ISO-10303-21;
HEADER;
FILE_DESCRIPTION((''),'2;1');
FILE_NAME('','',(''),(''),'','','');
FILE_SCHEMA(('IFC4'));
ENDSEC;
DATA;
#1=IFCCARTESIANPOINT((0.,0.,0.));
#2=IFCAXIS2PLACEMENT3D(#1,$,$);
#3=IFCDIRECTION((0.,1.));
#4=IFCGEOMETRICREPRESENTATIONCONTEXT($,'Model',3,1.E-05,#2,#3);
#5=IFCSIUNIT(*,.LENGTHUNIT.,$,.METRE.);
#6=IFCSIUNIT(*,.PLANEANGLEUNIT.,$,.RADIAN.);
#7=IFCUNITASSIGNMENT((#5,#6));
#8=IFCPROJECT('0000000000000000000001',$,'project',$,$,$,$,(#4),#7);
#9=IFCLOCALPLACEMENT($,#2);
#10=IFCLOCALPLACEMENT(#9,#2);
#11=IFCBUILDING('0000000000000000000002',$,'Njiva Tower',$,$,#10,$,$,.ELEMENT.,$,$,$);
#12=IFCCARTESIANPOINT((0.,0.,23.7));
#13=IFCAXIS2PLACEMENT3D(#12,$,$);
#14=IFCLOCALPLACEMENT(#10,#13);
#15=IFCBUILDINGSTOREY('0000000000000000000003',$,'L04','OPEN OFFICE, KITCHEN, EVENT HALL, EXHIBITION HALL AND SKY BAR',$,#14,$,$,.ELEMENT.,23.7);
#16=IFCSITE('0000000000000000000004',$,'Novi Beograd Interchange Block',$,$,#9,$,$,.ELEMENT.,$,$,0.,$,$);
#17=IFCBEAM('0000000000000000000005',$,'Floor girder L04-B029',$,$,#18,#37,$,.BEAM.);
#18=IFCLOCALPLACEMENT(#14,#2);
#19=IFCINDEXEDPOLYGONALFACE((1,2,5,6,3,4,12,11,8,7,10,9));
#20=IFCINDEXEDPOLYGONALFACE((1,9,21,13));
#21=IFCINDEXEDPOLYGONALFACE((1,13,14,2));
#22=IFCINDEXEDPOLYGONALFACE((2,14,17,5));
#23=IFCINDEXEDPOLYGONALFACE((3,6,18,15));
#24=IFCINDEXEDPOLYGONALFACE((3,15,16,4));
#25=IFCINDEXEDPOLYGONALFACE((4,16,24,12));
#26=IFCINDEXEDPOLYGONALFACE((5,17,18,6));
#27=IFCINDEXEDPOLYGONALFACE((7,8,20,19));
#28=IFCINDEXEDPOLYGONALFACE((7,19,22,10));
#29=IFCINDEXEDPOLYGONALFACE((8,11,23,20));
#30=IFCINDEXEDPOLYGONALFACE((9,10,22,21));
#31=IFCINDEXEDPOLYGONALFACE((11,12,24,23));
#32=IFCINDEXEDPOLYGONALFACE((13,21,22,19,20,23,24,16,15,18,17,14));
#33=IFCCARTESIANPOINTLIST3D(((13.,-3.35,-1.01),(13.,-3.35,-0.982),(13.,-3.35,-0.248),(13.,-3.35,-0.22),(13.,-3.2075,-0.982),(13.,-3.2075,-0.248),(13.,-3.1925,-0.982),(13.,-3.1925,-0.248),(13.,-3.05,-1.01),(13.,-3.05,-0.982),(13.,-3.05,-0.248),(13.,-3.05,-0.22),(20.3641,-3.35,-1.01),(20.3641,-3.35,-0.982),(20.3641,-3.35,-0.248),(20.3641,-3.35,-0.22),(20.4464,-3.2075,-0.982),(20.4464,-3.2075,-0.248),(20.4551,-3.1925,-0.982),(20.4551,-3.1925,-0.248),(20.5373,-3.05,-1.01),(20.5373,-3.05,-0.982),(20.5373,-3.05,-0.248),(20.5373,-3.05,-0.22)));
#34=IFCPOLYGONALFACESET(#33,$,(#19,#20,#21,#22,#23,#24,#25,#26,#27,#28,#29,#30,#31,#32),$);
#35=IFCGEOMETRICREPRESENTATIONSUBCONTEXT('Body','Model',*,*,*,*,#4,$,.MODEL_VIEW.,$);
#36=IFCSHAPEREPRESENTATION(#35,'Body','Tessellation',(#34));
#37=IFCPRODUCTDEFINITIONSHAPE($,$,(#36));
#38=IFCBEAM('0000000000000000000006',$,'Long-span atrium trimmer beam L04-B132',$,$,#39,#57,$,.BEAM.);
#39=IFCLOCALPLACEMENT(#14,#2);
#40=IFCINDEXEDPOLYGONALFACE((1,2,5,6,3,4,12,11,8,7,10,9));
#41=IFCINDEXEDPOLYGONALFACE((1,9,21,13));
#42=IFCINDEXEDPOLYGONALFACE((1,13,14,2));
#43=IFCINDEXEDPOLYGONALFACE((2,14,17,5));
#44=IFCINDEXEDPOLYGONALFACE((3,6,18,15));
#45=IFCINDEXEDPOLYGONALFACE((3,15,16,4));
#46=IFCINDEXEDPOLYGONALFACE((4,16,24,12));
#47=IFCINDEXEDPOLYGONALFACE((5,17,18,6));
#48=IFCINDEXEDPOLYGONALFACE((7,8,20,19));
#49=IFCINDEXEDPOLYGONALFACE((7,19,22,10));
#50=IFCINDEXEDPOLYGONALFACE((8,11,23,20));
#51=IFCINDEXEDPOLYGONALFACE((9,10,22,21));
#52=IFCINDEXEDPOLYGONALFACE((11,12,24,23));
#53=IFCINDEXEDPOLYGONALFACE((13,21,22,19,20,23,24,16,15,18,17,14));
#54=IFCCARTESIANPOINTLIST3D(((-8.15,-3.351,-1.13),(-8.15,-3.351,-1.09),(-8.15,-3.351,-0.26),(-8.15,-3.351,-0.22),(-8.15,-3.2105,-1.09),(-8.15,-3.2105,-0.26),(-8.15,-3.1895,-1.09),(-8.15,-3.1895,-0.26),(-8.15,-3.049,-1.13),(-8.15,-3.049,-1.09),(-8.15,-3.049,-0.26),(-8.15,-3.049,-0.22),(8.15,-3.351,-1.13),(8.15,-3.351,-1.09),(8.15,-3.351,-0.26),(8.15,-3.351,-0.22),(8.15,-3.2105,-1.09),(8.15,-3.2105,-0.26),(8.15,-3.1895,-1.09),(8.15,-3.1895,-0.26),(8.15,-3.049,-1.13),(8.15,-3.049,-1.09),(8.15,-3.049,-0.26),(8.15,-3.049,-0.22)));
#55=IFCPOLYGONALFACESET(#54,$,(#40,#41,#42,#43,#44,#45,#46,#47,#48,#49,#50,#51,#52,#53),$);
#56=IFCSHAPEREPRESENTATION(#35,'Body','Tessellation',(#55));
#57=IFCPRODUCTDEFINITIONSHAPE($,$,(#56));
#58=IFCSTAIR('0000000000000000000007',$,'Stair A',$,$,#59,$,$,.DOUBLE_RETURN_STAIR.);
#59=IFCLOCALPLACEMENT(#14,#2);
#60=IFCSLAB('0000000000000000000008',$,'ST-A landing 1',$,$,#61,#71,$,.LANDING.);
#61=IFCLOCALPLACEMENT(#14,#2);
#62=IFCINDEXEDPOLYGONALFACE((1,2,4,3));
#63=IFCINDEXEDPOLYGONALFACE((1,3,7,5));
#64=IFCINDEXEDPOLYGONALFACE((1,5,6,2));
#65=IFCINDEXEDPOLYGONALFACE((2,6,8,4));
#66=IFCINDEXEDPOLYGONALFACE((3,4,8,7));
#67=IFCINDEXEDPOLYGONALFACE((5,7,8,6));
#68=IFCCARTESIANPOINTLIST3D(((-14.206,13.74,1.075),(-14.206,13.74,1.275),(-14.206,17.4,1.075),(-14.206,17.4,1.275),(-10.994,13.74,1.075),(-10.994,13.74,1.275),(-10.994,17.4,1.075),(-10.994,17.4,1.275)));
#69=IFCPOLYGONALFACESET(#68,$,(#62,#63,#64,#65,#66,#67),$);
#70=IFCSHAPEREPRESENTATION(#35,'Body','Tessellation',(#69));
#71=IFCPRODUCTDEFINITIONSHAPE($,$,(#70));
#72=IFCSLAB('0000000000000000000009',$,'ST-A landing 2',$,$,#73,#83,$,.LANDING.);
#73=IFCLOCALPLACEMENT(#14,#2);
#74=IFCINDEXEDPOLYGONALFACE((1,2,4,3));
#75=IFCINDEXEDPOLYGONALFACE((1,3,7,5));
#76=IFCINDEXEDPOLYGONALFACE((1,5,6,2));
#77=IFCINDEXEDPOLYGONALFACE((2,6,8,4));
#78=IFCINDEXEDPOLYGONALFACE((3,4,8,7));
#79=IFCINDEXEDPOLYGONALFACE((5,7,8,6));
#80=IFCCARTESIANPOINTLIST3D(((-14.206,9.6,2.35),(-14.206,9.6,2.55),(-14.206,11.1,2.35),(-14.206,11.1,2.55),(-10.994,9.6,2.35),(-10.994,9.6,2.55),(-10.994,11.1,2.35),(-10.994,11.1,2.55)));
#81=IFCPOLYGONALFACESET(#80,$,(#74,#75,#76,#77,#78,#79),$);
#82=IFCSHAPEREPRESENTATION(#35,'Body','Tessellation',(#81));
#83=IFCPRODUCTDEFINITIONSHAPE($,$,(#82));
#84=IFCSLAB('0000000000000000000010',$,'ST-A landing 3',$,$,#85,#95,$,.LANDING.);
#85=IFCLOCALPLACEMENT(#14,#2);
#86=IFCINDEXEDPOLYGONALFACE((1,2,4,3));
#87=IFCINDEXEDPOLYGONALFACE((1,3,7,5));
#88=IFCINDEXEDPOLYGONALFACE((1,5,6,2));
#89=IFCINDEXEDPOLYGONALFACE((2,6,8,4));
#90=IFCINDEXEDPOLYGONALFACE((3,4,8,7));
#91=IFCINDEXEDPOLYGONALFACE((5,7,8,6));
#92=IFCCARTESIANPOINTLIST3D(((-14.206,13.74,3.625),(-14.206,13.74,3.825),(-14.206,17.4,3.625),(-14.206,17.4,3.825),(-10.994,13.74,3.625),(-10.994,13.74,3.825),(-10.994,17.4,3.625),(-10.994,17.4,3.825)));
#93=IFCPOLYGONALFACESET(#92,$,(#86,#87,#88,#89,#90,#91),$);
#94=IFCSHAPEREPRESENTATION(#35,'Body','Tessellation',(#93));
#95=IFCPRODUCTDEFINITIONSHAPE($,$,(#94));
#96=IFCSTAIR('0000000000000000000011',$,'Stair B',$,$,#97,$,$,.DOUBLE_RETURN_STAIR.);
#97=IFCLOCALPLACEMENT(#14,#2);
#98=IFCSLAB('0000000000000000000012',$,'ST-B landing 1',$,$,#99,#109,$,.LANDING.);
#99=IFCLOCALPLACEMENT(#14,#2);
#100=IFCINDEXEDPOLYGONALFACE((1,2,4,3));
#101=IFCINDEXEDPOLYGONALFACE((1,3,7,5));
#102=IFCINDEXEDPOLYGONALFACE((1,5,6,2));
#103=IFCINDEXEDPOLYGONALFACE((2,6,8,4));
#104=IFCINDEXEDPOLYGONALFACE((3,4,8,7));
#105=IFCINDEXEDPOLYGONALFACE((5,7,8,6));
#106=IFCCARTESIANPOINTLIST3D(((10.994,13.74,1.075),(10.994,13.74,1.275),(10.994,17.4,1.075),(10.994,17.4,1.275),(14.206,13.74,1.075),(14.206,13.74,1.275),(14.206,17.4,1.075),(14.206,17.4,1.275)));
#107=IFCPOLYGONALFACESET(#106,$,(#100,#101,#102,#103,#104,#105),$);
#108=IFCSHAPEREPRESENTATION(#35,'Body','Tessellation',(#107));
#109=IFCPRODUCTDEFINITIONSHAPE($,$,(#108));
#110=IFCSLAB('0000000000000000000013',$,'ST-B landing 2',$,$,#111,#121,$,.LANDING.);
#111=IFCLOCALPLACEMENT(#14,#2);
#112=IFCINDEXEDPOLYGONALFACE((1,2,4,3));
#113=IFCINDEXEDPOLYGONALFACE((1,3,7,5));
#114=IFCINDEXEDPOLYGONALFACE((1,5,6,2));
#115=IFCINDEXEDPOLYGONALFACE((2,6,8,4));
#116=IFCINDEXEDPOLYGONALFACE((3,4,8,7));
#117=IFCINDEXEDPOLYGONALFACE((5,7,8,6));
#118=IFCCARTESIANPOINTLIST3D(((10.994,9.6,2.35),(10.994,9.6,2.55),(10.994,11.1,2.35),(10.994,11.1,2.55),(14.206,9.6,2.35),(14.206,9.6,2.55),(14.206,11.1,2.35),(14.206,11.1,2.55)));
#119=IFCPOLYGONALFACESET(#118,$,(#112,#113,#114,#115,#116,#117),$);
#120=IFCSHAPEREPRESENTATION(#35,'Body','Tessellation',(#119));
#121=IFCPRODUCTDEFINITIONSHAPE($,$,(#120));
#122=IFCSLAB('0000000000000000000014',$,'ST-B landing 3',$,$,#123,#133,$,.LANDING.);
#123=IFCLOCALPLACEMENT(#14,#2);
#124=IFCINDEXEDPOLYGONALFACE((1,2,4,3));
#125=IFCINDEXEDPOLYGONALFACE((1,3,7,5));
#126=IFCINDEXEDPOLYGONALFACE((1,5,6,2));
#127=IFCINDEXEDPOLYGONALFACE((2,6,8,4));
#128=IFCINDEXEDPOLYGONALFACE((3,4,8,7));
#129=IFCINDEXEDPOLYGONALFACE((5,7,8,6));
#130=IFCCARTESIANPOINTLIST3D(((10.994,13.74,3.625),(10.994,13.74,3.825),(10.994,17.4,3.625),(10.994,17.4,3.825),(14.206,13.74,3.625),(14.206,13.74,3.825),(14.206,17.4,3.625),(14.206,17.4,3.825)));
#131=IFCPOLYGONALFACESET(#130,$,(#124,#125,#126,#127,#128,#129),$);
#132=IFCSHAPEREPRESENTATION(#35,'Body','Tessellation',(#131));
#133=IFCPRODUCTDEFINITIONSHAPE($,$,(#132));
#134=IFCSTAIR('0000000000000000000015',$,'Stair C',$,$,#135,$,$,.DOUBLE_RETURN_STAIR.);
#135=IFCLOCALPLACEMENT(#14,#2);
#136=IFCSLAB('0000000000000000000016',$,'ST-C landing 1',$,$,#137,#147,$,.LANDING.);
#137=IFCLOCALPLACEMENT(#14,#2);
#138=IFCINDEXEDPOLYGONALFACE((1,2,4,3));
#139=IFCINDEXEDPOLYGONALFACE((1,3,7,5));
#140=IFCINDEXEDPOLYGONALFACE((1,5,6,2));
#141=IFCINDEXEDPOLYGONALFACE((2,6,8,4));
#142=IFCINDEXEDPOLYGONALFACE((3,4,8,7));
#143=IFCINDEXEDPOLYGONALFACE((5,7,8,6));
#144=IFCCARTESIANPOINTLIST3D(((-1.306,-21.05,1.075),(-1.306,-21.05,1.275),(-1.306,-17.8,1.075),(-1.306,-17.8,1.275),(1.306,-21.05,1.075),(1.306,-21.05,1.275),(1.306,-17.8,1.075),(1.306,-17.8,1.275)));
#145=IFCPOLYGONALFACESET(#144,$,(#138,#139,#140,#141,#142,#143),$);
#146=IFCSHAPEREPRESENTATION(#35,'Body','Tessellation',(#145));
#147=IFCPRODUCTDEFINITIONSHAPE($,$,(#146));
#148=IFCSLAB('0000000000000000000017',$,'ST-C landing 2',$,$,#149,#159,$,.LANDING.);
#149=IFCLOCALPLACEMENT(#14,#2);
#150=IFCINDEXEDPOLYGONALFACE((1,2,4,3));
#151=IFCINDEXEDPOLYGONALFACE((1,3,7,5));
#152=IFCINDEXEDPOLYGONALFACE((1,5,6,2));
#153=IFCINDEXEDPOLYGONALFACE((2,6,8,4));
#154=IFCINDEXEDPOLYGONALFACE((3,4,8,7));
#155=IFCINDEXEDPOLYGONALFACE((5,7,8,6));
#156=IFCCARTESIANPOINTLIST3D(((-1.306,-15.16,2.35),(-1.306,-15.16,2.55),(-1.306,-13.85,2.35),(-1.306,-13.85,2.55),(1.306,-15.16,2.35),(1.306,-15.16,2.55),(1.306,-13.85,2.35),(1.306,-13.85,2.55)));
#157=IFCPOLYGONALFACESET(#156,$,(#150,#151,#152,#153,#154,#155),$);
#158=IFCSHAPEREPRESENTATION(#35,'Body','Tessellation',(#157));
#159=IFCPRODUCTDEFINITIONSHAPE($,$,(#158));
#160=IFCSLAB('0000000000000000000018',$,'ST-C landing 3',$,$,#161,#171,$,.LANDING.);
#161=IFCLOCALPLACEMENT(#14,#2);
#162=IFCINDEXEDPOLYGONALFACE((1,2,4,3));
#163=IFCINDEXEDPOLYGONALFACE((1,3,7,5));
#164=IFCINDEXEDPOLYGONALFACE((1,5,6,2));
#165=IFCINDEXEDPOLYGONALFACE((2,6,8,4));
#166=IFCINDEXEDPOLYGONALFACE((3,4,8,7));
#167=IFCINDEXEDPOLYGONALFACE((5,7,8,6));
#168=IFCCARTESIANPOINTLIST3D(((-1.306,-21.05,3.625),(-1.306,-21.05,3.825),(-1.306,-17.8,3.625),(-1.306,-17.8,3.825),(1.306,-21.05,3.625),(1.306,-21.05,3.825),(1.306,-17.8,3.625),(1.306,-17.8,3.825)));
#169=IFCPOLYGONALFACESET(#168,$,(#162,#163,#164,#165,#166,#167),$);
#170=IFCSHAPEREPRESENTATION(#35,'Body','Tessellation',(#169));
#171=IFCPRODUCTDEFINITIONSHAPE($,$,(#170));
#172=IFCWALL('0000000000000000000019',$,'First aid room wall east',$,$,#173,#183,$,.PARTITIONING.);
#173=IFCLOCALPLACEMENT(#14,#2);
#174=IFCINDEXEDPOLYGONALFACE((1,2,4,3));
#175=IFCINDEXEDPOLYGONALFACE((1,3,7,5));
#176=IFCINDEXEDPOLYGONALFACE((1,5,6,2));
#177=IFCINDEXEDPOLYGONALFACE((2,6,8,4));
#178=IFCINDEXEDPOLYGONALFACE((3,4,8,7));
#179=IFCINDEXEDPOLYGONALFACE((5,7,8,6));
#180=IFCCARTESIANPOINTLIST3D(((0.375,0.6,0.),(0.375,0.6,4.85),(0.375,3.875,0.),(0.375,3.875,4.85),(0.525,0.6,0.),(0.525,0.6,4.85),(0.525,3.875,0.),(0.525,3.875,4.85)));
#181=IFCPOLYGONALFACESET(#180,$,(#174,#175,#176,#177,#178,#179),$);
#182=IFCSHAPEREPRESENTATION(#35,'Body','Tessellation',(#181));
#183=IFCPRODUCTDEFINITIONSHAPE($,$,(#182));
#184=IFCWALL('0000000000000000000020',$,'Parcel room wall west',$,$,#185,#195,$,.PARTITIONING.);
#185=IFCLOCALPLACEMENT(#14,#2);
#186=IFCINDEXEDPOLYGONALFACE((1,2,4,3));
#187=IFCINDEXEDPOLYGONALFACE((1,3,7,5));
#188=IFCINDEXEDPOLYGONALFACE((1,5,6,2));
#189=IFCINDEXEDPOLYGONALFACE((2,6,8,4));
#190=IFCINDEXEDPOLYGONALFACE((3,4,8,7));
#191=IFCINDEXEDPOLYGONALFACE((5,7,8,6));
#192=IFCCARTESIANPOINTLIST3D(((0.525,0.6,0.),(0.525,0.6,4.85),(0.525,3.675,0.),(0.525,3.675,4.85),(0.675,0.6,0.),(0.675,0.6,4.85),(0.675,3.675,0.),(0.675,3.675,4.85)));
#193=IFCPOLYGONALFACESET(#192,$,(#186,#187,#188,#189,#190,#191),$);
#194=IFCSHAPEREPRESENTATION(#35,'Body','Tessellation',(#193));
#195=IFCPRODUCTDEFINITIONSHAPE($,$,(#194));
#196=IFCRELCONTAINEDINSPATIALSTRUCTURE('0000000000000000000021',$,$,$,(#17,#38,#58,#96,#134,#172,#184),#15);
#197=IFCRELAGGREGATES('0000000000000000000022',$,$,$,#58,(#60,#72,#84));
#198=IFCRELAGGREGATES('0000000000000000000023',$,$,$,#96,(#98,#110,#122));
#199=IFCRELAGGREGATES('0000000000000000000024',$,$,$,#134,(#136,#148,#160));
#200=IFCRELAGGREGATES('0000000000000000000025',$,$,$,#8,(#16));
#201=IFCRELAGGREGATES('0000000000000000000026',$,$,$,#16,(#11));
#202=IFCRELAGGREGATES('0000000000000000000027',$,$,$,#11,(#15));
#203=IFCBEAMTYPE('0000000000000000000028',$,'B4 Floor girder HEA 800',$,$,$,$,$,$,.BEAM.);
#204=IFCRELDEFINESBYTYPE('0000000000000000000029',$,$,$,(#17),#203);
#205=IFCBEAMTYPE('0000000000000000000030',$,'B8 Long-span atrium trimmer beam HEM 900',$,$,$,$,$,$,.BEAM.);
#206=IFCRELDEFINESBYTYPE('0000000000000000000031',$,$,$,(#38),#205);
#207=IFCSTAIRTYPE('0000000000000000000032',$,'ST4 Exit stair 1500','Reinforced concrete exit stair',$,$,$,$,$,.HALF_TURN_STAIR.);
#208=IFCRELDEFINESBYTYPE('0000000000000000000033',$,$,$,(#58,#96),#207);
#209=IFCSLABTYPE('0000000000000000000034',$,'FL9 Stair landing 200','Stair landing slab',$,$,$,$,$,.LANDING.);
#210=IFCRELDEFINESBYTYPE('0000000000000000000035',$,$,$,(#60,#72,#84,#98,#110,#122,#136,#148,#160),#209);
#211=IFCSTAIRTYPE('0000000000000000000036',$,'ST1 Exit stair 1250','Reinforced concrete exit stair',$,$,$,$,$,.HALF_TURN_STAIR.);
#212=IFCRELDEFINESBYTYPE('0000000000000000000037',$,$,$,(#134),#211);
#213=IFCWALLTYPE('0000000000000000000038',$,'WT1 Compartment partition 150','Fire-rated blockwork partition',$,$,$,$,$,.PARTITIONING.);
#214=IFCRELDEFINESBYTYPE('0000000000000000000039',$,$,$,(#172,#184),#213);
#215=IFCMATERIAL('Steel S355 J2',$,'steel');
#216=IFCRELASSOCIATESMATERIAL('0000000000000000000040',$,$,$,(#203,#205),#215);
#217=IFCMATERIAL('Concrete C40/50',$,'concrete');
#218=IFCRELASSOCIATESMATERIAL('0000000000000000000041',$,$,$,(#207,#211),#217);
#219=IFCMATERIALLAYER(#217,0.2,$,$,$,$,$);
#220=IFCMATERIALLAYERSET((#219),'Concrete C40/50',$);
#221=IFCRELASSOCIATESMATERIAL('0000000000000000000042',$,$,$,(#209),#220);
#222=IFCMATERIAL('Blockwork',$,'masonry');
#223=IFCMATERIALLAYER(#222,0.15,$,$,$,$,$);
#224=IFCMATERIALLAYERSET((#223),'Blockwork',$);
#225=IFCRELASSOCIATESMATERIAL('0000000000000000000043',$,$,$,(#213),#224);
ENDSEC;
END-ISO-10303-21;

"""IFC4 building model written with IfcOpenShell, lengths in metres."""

from ifc_helpers import new_model, si_unit, direction, frame, frame_2d, origin, origin_2d, place, context, subcontext, project, spatial, polyline, rectangle, i_section, outline, extrude, clip, halfspace, material, layer, layer_set, material_profile, profile_set, type_object, element, aggregate, save


model = new_model("IFC4")

# Units and contexts
model_context = context("Model", 3, precision=1e-05, world=origin(), true_north=direction((0.0, 1.0)))
body_context = subcontext(model_context, "Body", "Model", "MODEL_VIEW")
ifc_project = project(units=[si_unit("LENGTHUNIT", "METRE"), si_unit("PLANEANGLEUNIT", "RADIAN")], contexts=[model_context])

# Site, building, storey
site_placement = place(None, origin())
site = spatial("IfcSite", under=ifc_project, at=site_placement, Name="Novi Beograd Interchange Block", CompositionType="ELEMENT", RefElevation=0.0)
building_placement = place(site_placement, origin())
building = spatial("IfcBuilding", under=site, at=building_placement, Name="Njiva Tower", CompositionType="ELEMENT")
storey_placement = place(building_placement, frame((0.0, 0.0, 23.7)))
storey = spatial("IfcBuildingStorey", under=building, at=storey_placement, Name="L04", Description="OPEN OFFICE, KITCHEN, EVENT HALL, EXHIBITION HALL AND SKY BAR", CompositionType="ELEMENT", Elevation=23.7)

# Shared definitions
ifc_material_1 = material(Name="Steel S355 J2", Category="steel")

# Beams
ifc_material_profile_1 = material_profile(ifc_material_1, i_section(OverallWidth=0.3, OverallDepth=0.79, WebThickness=0.015, FlangeThickness=0.028, at=origin_2d()), Name="HEA 800")
ifc_profile_set_1 = profile_set([ifc_material_profile_1], Name="Steel S355 J2")
beam_type_1 = type_object("IfcBeamType", Name="B4 Floor girder HEA 800", PredefinedType="BEAM", material=ifc_profile_set_1)
beam_1_placement = place(storey_placement, frame((13.0, -3.2, -0.615), z_axis=(1.0, 0.0, 0.0), x_axis=(0.0, 1.0, 0.0)))
element("IfcBeam", 1, at=beam_1_placement, inside=storey, type_object=beam_type_1, Name="Floor girder L04-B029", PredefinedType="BEAM", context=body_context, shape_type="Clipping", body=[
    clip(extrude(i_section(OverallWidth=0.3, OverallDepth=0.79, WebThickness=0.015, FlangeThickness=0.028, at=origin_2d()), origin(), (0.0, 0.0, 1.0), 7.558), halfspace(frame((-0.025, 0.0, 7.4363), z_axis=(-0.499998, 0.0, 0.866027), x_axis=(0.0, 1.0, 0.0)), False)),
])
ifc_material_profile_2 = material_profile(ifc_material_1, i_section(OverallWidth=0.302, OverallDepth=0.91, WebThickness=0.021, FlangeThickness=0.04, at=origin_2d()), Name="HEM 900")
ifc_profile_set_2 = profile_set([ifc_material_profile_2], Name="Steel S355 J2")
beam_type_2 = type_object("IfcBeamType", Name="B8 Long-span atrium trimmer beam HEM 900", PredefinedType="BEAM", material=ifc_profile_set_2)
beam_2_placement = place(storey_placement, frame((8.15, -3.2, -0.675), z_axis=(-1.0, 0.0, 0.0), x_axis=(0.0, -1.0, 0.0)))
element("IfcBeam", 2, at=beam_2_placement, inside=storey, type_object=beam_type_2, Name="Long-span atrium trimmer beam L04-B132", PredefinedType="BEAM", context=body_context, shape_type="SweptSolid", body=[
    extrude(i_section(OverallWidth=0.302, OverallDepth=0.91, WebThickness=0.021, FlangeThickness=0.04, at=origin_2d()), origin(), (0.0, 0.0, 1.0), 16.3),
])

# Stairs, slabs
ifc_material_2 = material(Name="Concrete C40/50", Category="concrete")
stair_type_1 = type_object("IfcStairType", Name="ST4 Exit stair 1500", Description="Reinforced concrete exit stair", PredefinedType="HALF_TURN_STAIR", material=ifc_material_2)
stair_1_placement = place(storey_placement, origin())
stair_1 = element("IfcStair", 3, at=stair_1_placement, inside=storey, type_object=stair_type_1, Name="Stair A", PredefinedType="DOUBLE_RETURN_STAIR")
ifc_layer_1 = layer(ifc_material_2, 0.2)
ifc_layer_set_1 = layer_set([ifc_layer_1], Name="Concrete C40/50")
slab_type = type_object("IfcSlabType", Name="FL9 Stair landing 200", Description="Stair landing slab", PredefinedType="LANDING", material=ifc_layer_set_1)
slab_1_placement = place(storey_placement, frame((0.0, 0.0, 1.075)))
slab_1 = element("IfcSlab", 4, at=slab_1_placement, type_object=slab_type, Name="ST-A landing 1", PredefinedType="LANDING", context=body_context, shape_type="SweptSolid", body=[
    extrude(outline(polyline([(-14.206, 13.74), (-10.994, 13.74), (-10.994, 17.4), (-14.206, 17.4), (-14.206, 13.74)])), origin(), (0.0, 0.0, 1.0), 0.2),
])
slab_2_placement = place(storey_placement, frame((0.0, 0.0, 2.35)))
slab_2 = element("IfcSlab", 5, at=slab_2_placement, type_object=slab_type, Name="ST-A landing 2", PredefinedType="LANDING", context=body_context, shape_type="SweptSolid", body=[
    extrude(outline(polyline([(-14.206, 9.6), (-10.994, 9.6), (-10.994, 11.1), (-14.206, 11.1), (-14.206, 9.6)])), origin(), (0.0, 0.0, 1.0), 0.2),
])
slab_3_placement = place(storey_placement, frame((0.0, 0.0, 3.625)))
slab_3 = element("IfcSlab", 6, at=slab_3_placement, type_object=slab_type, Name="ST-A landing 3", PredefinedType="LANDING", context=body_context, shape_type="SweptSolid", body=[
    extrude(outline(polyline([(-14.206, 13.74), (-10.994, 13.74), (-10.994, 17.4), (-14.206, 17.4), (-14.206, 13.74)])), origin(), (0.0, 0.0, 1.0), 0.2),
])
aggregate(stair_1, [slab_1, slab_2, slab_3])
stair_2_placement = place(storey_placement, origin())
stair_2 = element("IfcStair", 7, at=stair_2_placement, inside=storey, type_object=stair_type_1, Name="Stair B", PredefinedType="DOUBLE_RETURN_STAIR")
slab_4_placement = place(storey_placement, frame((0.0, 0.0, 1.075)))
slab_4 = element("IfcSlab", 8, at=slab_4_placement, type_object=slab_type, Name="ST-B landing 1", PredefinedType="LANDING", context=body_context, shape_type="SweptSolid", body=[
    extrude(outline(polyline([(10.994, 13.74), (14.206, 13.74), (14.206, 17.4), (10.994, 17.4), (10.994, 13.74)])), origin(), (0.0, 0.0, 1.0), 0.2),
])
slab_5_placement = place(storey_placement, frame((0.0, 0.0, 2.35)))
slab_5 = element("IfcSlab", 9, at=slab_5_placement, type_object=slab_type, Name="ST-B landing 2", PredefinedType="LANDING", context=body_context, shape_type="SweptSolid", body=[
    extrude(outline(polyline([(10.994, 9.6), (14.206, 9.6), (14.206, 11.1), (10.994, 11.1), (10.994, 9.6)])), origin(), (0.0, 0.0, 1.0), 0.2),
])
slab_6_placement = place(storey_placement, frame((0.0, 0.0, 3.625)))
slab_6 = element("IfcSlab", 10, at=slab_6_placement, type_object=slab_type, Name="ST-B landing 3", PredefinedType="LANDING", context=body_context, shape_type="SweptSolid", body=[
    extrude(outline(polyline([(10.994, 13.74), (14.206, 13.74), (14.206, 17.4), (10.994, 17.4), (10.994, 13.74)])), origin(), (0.0, 0.0, 1.0), 0.2),
])
aggregate(stair_2, [slab_4, slab_5, slab_6])
stair_type_2 = type_object("IfcStairType", Name="ST1 Exit stair 1250", Description="Reinforced concrete exit stair", PredefinedType="HALF_TURN_STAIR", material=ifc_material_2)
stair_3_placement = place(storey_placement, origin())
stair_3 = element("IfcStair", 11, at=stair_3_placement, inside=storey, type_object=stair_type_2, Name="Stair C", PredefinedType="DOUBLE_RETURN_STAIR")
slab_7_placement = place(storey_placement, frame((0.0, 0.0, 1.075)))
slab_7 = element("IfcSlab", 12, at=slab_7_placement, type_object=slab_type, Name="ST-C landing 1", PredefinedType="LANDING", context=body_context, shape_type="SweptSolid", body=[
    extrude(outline(polyline([(-1.306, -21.05), (1.306, -21.05), (1.306, -17.8), (-1.306, -17.8), (-1.306, -21.05)])), origin(), (0.0, 0.0, 1.0), 0.2),
])
slab_8_placement = place(storey_placement, frame((0.0, 0.0, 2.35)))
slab_8 = element("IfcSlab", 13, at=slab_8_placement, type_object=slab_type, Name="ST-C landing 2", PredefinedType="LANDING", context=body_context, shape_type="SweptSolid", body=[
    extrude(outline(polyline([(-1.306, -15.16), (1.306, -15.16), (1.306, -13.85), (-1.306, -13.85), (-1.306, -15.16)])), origin(), (0.0, 0.0, 1.0), 0.2),
])
slab_9_placement = place(storey_placement, frame((0.0, 0.0, 3.625)))
slab_9 = element("IfcSlab", 14, at=slab_9_placement, type_object=slab_type, Name="ST-C landing 3", PredefinedType="LANDING", context=body_context, shape_type="SweptSolid", body=[
    extrude(outline(polyline([(-1.306, -21.05), (1.306, -21.05), (1.306, -17.8), (-1.306, -17.8), (-1.306, -21.05)])), origin(), (0.0, 0.0, 1.0), 0.2),
])
aggregate(stair_3, [slab_7, slab_8, slab_9])

# Walls
ifc_material_3 = material(Name="Blockwork", Category="masonry")
ifc_layer_2 = layer(ifc_material_3, 0.15)
ifc_layer_set_2 = layer_set([ifc_layer_2], Name="Blockwork")
wall_type_1 = type_object("IfcWallType", Name="WT1 Compartment partition 150", Description="Fire-rated blockwork partition", PredefinedType="PARTITIONING", material=ifc_layer_set_2)
wall_1_placement = place(storey_placement, frame((0.45, 0.6, 0.0), z_axis=(0.0, 0.0, 1.0), x_axis=(0.0, 1.0, 0.0)))
element("IfcWall", 15, at=wall_1_placement, inside=storey, type_object=wall_type_1, Name="First aid room wall east", PredefinedType="PARTITIONING", context=body_context, shape_type="SweptSolid", body=[
    extrude(rectangle(XDim=3.275, YDim=0.15, at=frame_2d((1.6375, 0.0))), origin(), (0.0, 0.0, 1.0), 4.85),
])
for number, where, z_axis, x_axis, name in (
    (16, (0.6, 0.6, 0.0), (0.0, 0.0, 1.0), (0.0, 1.0, 0.0), "Parcel room wall west"),
):
    element("IfcWall", number, at=place(storey_placement, frame(where, z_axis=z_axis, x_axis=x_axis)), inside=storey, type_object=wall_type_1, Name=name, PredefinedType="PARTITIONING", context=body_context, shape_type="SweptSolid", body=[
        extrude(rectangle(XDim=3.075, YDim=0.15, at=frame_2d((1.5375, 0.0))), origin(), (0.0, 0.0, 1.0), 4.85),
    ])

save(model, "model.ifc")
